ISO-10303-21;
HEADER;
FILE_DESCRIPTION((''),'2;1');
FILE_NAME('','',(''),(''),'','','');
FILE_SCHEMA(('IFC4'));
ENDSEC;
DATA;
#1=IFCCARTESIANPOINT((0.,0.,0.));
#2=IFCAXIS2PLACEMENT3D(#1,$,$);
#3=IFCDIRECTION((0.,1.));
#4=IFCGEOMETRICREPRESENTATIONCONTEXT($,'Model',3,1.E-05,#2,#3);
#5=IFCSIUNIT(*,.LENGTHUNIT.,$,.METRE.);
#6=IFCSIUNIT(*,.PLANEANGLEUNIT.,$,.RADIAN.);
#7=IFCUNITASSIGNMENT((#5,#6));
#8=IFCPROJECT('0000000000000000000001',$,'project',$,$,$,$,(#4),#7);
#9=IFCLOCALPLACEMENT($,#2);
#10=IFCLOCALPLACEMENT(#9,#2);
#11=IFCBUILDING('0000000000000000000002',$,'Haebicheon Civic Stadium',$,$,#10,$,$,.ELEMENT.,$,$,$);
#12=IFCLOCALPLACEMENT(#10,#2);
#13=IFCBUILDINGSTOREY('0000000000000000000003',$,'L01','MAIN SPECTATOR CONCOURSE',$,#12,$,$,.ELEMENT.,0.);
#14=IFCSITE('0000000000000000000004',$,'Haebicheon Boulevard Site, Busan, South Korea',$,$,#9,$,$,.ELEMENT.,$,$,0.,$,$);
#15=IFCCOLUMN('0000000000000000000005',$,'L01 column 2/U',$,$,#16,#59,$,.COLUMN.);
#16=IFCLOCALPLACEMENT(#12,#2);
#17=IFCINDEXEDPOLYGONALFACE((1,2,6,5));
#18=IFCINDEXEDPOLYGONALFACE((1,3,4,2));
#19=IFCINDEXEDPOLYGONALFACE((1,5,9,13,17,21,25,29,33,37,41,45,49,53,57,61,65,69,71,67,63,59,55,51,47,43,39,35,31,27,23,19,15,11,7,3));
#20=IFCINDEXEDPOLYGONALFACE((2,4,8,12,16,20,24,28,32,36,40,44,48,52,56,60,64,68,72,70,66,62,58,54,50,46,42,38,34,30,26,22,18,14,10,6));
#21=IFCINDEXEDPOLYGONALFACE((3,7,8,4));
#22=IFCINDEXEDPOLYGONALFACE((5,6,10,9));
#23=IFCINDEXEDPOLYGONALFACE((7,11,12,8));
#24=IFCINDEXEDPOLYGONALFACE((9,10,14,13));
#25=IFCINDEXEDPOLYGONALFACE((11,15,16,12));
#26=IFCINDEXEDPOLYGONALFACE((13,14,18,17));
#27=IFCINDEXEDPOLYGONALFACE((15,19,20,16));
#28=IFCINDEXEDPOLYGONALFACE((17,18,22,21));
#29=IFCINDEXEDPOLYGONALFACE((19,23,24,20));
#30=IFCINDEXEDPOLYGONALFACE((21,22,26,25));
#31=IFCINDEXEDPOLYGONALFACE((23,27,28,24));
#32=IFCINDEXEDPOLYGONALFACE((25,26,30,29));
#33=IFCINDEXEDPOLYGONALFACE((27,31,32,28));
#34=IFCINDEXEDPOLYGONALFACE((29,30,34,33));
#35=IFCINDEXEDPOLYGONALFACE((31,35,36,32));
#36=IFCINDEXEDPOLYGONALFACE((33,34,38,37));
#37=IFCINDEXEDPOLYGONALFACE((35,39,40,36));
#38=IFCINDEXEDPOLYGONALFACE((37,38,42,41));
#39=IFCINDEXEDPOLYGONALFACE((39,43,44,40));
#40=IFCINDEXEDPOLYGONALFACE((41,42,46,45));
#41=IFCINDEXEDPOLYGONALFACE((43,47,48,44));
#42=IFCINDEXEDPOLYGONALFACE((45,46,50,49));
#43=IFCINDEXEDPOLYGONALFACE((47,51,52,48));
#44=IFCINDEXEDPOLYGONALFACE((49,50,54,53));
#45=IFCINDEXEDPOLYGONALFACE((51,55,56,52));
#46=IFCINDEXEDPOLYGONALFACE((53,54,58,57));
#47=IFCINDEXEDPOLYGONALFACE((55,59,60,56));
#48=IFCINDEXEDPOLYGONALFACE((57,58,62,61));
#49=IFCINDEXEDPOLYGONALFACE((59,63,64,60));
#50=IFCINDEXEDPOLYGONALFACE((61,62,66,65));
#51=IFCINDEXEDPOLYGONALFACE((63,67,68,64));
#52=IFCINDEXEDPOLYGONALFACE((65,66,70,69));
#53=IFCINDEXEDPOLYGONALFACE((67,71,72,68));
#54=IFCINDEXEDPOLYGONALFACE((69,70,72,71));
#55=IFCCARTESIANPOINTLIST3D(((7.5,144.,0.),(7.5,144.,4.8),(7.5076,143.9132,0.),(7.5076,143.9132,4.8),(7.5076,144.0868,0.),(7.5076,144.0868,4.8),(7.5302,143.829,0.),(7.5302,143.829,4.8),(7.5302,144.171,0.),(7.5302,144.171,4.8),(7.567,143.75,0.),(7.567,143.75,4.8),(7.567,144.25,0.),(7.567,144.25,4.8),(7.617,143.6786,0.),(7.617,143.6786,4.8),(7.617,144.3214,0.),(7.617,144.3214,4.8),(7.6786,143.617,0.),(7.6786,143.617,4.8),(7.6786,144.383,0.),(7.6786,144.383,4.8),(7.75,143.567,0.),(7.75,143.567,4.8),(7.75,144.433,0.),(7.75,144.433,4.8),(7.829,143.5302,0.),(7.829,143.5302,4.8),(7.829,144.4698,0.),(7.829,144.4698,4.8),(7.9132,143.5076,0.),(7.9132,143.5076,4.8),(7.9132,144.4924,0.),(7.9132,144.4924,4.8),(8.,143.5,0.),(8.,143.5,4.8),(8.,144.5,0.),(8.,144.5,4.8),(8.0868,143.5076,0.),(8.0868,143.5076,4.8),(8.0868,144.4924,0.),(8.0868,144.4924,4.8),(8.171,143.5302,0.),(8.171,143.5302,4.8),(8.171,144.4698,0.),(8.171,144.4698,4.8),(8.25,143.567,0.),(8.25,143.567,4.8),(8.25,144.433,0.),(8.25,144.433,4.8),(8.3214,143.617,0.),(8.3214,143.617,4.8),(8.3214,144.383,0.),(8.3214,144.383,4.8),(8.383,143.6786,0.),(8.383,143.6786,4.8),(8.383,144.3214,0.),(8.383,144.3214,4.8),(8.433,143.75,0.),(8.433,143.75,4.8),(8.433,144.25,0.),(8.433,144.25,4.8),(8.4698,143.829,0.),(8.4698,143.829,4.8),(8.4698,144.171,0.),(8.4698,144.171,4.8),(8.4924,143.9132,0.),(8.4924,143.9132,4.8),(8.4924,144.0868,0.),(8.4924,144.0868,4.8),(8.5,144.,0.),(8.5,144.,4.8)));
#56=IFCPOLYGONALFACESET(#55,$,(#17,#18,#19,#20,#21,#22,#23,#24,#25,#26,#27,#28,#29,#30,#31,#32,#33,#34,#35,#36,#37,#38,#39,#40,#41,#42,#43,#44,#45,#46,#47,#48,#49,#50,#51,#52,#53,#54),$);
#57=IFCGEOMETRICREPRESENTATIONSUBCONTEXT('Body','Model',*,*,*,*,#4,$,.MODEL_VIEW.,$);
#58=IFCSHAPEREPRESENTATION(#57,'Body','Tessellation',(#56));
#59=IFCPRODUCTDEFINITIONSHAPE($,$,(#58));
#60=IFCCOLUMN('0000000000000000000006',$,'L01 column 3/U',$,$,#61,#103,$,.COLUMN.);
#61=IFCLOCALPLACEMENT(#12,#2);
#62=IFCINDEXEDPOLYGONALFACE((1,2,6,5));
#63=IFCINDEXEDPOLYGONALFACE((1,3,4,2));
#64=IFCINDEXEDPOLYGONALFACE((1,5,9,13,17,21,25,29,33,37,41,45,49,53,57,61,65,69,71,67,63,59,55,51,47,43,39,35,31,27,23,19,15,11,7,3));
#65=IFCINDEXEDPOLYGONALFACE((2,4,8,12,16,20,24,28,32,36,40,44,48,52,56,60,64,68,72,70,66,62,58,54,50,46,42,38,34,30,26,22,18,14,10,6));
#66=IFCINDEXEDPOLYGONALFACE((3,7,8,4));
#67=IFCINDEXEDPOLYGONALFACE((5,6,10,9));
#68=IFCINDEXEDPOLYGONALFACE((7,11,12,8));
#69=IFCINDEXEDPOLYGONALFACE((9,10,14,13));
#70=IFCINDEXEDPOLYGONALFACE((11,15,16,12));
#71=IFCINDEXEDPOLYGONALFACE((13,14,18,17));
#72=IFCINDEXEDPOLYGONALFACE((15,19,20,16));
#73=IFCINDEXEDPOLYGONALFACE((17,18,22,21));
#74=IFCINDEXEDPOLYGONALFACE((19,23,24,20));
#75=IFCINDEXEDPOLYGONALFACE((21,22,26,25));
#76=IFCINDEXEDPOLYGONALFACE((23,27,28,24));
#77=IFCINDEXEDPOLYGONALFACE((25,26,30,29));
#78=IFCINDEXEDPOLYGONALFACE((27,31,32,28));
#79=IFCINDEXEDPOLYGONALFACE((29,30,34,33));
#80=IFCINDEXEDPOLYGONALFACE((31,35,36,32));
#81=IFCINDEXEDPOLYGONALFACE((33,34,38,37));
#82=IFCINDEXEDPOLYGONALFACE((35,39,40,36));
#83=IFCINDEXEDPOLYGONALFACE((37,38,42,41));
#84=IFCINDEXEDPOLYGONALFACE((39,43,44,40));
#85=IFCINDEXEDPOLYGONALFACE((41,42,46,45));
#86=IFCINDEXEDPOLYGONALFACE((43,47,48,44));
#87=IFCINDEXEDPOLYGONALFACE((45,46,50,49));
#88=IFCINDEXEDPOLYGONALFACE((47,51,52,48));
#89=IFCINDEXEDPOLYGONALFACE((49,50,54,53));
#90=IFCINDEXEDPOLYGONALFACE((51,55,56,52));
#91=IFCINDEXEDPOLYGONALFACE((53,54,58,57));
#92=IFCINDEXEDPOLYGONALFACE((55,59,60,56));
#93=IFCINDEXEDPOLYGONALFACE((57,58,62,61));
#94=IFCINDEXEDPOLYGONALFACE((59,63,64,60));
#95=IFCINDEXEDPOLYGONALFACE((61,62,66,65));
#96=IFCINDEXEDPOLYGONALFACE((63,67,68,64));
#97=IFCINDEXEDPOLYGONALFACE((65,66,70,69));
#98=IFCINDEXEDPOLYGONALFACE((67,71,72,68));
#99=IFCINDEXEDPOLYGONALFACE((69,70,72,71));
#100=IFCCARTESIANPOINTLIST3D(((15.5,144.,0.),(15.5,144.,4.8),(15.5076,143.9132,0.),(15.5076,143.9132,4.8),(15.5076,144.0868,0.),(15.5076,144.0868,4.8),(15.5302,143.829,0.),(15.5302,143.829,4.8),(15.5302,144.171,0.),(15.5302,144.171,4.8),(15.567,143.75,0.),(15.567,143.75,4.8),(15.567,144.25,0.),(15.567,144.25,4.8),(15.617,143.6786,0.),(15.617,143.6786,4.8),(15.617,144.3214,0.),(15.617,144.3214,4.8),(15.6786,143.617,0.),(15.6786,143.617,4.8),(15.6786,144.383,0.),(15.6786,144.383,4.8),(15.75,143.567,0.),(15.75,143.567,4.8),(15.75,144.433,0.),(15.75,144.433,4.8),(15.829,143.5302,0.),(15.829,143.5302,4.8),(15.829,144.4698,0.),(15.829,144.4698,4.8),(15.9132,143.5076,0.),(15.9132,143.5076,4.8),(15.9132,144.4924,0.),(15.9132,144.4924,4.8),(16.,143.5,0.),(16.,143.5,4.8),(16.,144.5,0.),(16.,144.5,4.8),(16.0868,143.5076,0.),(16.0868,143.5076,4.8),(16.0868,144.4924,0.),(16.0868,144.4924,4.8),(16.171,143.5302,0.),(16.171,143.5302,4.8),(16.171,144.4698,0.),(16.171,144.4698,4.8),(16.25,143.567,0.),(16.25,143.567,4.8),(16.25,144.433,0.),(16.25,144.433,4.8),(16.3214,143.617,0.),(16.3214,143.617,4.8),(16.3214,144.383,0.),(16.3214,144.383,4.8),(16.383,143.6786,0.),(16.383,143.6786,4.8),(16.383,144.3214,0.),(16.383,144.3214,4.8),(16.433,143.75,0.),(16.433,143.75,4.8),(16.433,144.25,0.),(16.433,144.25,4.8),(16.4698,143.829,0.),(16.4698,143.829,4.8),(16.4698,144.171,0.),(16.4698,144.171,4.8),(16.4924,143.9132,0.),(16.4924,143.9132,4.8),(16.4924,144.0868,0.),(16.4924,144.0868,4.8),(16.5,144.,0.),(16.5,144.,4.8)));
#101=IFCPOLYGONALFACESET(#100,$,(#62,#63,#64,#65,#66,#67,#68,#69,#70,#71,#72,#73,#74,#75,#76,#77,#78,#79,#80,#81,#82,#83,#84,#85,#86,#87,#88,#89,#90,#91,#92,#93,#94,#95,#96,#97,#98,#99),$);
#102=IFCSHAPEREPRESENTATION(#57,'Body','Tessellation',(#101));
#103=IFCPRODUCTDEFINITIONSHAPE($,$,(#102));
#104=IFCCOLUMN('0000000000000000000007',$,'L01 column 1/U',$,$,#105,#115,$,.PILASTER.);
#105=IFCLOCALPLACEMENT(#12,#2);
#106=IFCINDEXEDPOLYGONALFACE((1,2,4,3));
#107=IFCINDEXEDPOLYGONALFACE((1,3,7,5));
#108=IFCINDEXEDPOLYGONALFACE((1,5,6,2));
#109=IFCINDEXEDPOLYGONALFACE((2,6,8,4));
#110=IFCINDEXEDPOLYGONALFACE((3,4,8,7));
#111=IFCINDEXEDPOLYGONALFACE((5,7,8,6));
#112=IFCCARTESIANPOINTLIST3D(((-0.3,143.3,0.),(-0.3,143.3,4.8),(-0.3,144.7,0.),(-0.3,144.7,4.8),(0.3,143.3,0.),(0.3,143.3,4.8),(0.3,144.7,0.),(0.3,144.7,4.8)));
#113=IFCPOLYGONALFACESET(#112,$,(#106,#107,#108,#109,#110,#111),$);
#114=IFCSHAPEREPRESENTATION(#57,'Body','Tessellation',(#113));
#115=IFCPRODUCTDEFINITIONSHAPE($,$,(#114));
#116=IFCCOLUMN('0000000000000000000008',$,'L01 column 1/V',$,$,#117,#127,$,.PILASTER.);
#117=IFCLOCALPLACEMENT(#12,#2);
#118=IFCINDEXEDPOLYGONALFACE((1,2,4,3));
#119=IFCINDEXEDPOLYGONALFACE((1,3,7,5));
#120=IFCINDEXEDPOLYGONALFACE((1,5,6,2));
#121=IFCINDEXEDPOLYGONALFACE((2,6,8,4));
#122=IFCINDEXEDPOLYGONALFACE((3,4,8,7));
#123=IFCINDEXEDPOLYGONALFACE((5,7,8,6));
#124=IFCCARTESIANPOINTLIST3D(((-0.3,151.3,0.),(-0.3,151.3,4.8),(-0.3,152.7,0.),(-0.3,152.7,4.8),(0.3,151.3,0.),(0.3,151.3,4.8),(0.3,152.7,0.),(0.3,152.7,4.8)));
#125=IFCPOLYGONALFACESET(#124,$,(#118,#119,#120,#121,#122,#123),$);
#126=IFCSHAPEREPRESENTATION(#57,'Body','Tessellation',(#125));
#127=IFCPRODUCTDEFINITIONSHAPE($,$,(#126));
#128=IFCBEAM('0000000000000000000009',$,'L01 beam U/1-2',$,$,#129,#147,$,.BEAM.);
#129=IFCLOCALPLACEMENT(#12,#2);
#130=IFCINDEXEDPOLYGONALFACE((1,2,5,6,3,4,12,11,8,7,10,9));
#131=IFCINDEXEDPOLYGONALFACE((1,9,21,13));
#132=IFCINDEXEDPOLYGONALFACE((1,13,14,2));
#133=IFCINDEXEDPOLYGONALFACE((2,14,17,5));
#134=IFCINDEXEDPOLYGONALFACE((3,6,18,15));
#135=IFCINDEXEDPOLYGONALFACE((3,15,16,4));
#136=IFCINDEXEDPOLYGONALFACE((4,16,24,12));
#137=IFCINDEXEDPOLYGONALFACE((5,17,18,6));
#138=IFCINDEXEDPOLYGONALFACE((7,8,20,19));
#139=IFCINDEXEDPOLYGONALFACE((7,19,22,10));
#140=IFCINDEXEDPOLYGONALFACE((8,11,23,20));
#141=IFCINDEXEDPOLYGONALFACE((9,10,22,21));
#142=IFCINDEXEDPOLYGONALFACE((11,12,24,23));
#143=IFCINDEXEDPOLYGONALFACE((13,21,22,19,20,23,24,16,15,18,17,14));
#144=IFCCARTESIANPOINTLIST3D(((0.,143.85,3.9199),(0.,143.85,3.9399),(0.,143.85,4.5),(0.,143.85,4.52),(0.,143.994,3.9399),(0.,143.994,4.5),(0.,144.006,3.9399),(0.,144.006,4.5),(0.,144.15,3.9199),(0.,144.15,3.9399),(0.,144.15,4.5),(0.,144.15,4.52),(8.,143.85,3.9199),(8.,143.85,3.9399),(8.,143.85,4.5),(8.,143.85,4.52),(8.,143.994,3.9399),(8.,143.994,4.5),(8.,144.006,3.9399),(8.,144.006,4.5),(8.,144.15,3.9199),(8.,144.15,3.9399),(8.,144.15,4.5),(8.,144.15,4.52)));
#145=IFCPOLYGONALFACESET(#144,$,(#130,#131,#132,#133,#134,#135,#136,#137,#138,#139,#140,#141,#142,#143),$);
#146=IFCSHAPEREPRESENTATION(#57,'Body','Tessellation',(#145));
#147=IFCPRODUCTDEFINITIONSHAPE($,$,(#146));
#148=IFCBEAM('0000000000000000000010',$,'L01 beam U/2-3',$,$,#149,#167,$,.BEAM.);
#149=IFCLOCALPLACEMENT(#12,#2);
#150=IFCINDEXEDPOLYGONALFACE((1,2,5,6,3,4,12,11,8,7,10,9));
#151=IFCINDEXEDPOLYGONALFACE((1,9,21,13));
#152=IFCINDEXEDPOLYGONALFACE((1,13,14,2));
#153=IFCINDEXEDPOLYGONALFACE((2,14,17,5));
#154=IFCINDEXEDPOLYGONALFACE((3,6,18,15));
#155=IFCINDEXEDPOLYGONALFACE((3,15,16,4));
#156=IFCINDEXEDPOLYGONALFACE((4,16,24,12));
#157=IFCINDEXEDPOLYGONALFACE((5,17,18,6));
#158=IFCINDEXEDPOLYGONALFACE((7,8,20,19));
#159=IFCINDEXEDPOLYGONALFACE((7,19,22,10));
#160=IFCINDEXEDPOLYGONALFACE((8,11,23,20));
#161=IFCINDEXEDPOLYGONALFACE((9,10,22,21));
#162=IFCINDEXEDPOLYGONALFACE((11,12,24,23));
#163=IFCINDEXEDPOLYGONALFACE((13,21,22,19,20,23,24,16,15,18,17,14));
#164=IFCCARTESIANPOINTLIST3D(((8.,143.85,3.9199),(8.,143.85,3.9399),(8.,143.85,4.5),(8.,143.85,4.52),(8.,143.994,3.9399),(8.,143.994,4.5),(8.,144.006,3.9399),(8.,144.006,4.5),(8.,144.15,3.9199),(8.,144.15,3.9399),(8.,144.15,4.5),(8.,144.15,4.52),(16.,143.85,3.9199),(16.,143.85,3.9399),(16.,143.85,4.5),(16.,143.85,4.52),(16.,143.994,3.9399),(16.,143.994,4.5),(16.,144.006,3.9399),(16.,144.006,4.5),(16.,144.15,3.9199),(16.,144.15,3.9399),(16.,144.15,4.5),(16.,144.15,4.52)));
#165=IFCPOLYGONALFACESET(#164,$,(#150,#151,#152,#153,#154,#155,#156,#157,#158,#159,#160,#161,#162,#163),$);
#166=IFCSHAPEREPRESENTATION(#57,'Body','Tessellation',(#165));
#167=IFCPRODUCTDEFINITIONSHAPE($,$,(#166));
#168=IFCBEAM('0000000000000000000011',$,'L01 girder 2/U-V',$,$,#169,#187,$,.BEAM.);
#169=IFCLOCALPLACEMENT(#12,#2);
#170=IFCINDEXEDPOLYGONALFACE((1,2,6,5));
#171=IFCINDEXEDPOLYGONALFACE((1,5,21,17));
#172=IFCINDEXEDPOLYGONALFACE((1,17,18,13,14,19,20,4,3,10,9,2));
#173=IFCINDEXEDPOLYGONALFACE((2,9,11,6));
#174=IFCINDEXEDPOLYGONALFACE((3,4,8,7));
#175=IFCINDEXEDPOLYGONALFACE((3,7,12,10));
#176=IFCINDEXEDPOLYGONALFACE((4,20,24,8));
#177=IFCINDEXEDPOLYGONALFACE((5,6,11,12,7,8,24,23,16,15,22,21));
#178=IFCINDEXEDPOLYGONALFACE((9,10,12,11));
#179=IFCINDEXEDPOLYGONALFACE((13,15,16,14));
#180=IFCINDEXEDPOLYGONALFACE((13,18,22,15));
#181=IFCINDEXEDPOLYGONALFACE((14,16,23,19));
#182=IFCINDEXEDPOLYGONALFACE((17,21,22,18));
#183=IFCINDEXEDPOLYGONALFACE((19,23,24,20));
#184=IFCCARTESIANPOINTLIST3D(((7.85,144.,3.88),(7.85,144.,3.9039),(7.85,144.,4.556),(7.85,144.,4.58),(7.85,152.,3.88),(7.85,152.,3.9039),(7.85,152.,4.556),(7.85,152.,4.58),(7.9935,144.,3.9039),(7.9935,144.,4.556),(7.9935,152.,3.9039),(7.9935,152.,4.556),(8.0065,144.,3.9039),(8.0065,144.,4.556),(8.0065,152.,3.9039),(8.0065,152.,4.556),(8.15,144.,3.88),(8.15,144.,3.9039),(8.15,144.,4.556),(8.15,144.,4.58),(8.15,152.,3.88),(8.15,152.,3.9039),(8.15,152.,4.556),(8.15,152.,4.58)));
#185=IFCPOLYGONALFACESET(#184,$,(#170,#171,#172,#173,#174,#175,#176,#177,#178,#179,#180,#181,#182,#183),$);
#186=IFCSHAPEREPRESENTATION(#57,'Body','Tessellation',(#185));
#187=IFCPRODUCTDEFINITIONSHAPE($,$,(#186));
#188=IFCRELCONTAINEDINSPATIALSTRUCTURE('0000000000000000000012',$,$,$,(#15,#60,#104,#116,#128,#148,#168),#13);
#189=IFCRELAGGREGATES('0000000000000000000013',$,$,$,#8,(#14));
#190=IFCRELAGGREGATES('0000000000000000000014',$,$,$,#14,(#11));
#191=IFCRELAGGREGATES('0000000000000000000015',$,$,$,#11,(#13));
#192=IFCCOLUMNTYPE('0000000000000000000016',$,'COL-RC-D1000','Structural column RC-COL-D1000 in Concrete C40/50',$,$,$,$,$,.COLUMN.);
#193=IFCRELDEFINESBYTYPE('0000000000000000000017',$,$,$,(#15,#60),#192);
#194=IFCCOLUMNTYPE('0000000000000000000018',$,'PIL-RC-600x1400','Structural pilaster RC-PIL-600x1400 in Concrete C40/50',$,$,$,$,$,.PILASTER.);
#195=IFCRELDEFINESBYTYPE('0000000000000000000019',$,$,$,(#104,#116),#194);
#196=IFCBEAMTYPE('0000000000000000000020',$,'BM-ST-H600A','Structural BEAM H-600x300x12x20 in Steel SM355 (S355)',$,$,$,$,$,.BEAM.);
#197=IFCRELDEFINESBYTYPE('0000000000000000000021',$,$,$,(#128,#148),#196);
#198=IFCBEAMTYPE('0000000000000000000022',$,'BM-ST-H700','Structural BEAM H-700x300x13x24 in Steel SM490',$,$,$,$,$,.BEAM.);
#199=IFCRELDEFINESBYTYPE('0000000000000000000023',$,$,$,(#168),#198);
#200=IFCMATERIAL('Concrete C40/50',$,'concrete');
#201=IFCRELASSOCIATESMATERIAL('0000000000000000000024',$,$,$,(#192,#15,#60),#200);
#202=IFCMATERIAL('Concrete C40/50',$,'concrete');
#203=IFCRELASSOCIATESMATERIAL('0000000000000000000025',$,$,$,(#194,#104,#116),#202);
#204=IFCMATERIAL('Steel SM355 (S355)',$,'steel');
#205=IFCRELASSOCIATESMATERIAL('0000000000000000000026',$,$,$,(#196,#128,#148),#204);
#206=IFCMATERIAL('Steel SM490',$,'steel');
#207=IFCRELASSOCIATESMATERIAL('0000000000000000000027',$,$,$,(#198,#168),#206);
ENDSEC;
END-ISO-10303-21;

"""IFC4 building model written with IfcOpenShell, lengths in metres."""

from ifc_helpers import new_model, si_unit, direction, frame, origin, origin_2d, place, context, subcontext, project, spatial, rectangle, circle, i_section, extrude, material, material_profile, profile_set, type_object, element, save


model = new_model("IFC4")

# Units and contexts
model_context = context("Model", 3, precision=1e-05, world=origin(), true_north=direction((0.0, 1.0)))
body_context = subcontext(model_context, "Body", "Model", "MODEL_VIEW")
ifc_project = project(units=[si_unit("LENGTHUNIT", "METRE"), si_unit("PLANEANGLEUNIT", "RADIAN")], contexts=[model_context])

# Site, building, storey
site_placement = place(None, origin())
site = spatial("IfcSite", under=ifc_project, at=site_placement, Name="Haebicheon Boulevard Site, Busan, South Korea", CompositionType="ELEMENT", RefElevation=0.0)
building_placement = place(site_placement, origin())
building = spatial("IfcBuilding", under=site, at=building_placement, Name="Haebicheon Civic Stadium", CompositionType="ELEMENT")
storey_placement = place(building_placement, origin())
storey = spatial("IfcBuildingStorey", under=building, at=storey_placement, Name="L01", Description="MAIN SPECTATOR CONCOURSE", CompositionType="ELEMENT", Elevation=0.0)

# Columns
ifc_material_1 = material(Name="Concrete C40/50", Category="concrete")
ifc_material_profile_1 = material_profile(ifc_material_1, circle(Radius=0.5, at=origin_2d()), Name="RC-COL-D1000")
ifc_profile_set_1 = profile_set([ifc_material_profile_1], Name="Concrete C40/50")
column_type_1 = type_object("IfcColumnType", Name="COL-RC-D1000", Description="Structural column RC-COL-D1000 in Concrete C40/50", PredefinedType="COLUMN", material=ifc_profile_set_1)
for number, where, z_axis, x_axis, name in (
    (1, (8.0, 144.0, 0.0), (0.0, 0.0, 1.0), (1.0, 0.0, 0.0), "L01 column 2/U"),
    (2, (16.0, 144.0, 0.0), (0.0, 0.0, 1.0), (1.0, 0.0, 0.0), "L01 column 3/U"),
):
    element("IfcColumn", number, at=place(storey_placement, frame(where, z_axis=z_axis, x_axis=x_axis)), inside=storey, type_object=column_type_1, material=ifc_profile_set_1, Name=name, PredefinedType="COLUMN", context=body_context, shape_type="SweptSolid", body=[
        extrude(circle(Radius=0.5, at=origin_2d()), origin(), (0.0, 0.0, 1.0), 4.8),
    ])
ifc_material_2 = material(Name="Concrete C40/50", Category="concrete")
ifc_material_profile_2 = material_profile(ifc_material_2, rectangle(XDim=0.6001, YDim=1.3999, at=origin_2d()), Name="RC-PIL-600x1400")
ifc_profile_set_2 = profile_set([ifc_material_profile_2], Name="Concrete C40/50")
column_type_2 = type_object("IfcColumnType", Name="PIL-RC-600x1400", Description="Structural pilaster RC-PIL-600x1400 in Concrete C40/50", PredefinedType="PILASTER", material=ifc_profile_set_2)
for number, where, z_axis, x_axis, name in (
    (3, (0.0, 144.0, 0.0), (0.0, 0.0, 1.0), (1.0, 0.0, 0.0), "L01 column 1/U"),
    (4, (0.0, 152.0, 0.0), (0.0, 0.0, 1.0), (1.0, 0.0, 0.0), "L01 column 1/V"),
):
    element("IfcColumn", number, at=place(storey_placement, frame(where, z_axis=z_axis, x_axis=x_axis)), inside=storey, type_object=column_type_2, material=ifc_profile_set_2, Name=name, PredefinedType="PILASTER", context=body_context, shape_type="SweptSolid", body=[
        extrude(rectangle(XDim=0.6001, YDim=1.3999, at=origin_2d()), origin(), (0.0, 0.0, 1.0), 4.8),
    ])

# Beams
ifc_material_3 = material(Name="Steel SM355 (S355)", Category="steel")
ifc_material_profile_3 = material_profile(ifc_material_3, i_section(OverallWidth=0.3, OverallDepth=0.6001, WebThickness=0.012, FlangeThickness=0.02, at=origin_2d()), Name="H-600x300x12x20")
ifc_profile_set_3 = profile_set([ifc_material_profile_3], Name="Steel SM355 (S355)")
beam_type_1 = type_object("IfcBeamType", Name="BM-ST-H600A", Description="Structural BEAM H-600x300x12x20 in Steel SM355 (S355)", PredefinedType="BEAM", material=ifc_profile_set_3)
for number, where, z_axis, x_axis, name in (
    (5, (0.0, 144.0, 4.22), (1.0, 0.0, 0.0), (0.0, 1.0, 0.0), "L01 beam U/1-2"),
    (6, (8.0, 144.0, 4.22), (1.0, 0.0, 0.0), (0.0, 1.0, 0.0), "L01 beam U/2-3"),
):
    element("IfcBeam", number, at=place(storey_placement, frame(where, z_axis=z_axis, x_axis=x_axis)), inside=storey, type_object=beam_type_1, material=ifc_profile_set_3, Name=name, PredefinedType="BEAM", context=body_context, shape_type="SweptSolid", body=[
        extrude(i_section(OverallWidth=0.3, OverallDepth=0.6001, WebThickness=0.012, FlangeThickness=0.02, at=origin_2d()), origin(), (0.0, 0.0, 1.0), 8.0),
    ])
ifc_material_4 = material(Name="Steel SM490", Category="steel")
ifc_material_profile_4 = material_profile(ifc_material_4, i_section(OverallWidth=0.3, OverallDepth=0.7, WebThickness=0.0129, FlangeThickness=0.0239, at=origin_2d()), Name="H-700x300x13x24")
ifc_profile_set_4 = profile_set([ifc_material_profile_4], Name="Steel SM490")
beam_type_2 = type_object("IfcBeamType", Name="BM-ST-H700", Description="Structural BEAM H-700x300x13x24 in Steel SM490", PredefinedType="BEAM", material=ifc_profile_set_4)
for number, where, z_axis, x_axis, name in (
    (7, (8.0, 144.0, 4.23), (0.0, 1.0, 0.0), (-1.0, 0.0, 0.0), "L01 girder 2/U-V"),
):
    element("IfcBeam", number, at=place(storey_placement, frame(where, z_axis=z_axis, x_axis=x_axis)), inside=storey, type_object=beam_type_2, material=ifc_profile_set_4, Name=name, PredefinedType="BEAM", context=body_context, shape_type="SweptSolid", body=[
        extrude(i_section(OverallWidth=0.3, OverallDepth=0.7, WebThickness=0.0129, FlangeThickness=0.0239, at=origin_2d()), origin(), (0.0, 0.0, 1.0), 8.0),
    ])

save(model, "model.ifc")
